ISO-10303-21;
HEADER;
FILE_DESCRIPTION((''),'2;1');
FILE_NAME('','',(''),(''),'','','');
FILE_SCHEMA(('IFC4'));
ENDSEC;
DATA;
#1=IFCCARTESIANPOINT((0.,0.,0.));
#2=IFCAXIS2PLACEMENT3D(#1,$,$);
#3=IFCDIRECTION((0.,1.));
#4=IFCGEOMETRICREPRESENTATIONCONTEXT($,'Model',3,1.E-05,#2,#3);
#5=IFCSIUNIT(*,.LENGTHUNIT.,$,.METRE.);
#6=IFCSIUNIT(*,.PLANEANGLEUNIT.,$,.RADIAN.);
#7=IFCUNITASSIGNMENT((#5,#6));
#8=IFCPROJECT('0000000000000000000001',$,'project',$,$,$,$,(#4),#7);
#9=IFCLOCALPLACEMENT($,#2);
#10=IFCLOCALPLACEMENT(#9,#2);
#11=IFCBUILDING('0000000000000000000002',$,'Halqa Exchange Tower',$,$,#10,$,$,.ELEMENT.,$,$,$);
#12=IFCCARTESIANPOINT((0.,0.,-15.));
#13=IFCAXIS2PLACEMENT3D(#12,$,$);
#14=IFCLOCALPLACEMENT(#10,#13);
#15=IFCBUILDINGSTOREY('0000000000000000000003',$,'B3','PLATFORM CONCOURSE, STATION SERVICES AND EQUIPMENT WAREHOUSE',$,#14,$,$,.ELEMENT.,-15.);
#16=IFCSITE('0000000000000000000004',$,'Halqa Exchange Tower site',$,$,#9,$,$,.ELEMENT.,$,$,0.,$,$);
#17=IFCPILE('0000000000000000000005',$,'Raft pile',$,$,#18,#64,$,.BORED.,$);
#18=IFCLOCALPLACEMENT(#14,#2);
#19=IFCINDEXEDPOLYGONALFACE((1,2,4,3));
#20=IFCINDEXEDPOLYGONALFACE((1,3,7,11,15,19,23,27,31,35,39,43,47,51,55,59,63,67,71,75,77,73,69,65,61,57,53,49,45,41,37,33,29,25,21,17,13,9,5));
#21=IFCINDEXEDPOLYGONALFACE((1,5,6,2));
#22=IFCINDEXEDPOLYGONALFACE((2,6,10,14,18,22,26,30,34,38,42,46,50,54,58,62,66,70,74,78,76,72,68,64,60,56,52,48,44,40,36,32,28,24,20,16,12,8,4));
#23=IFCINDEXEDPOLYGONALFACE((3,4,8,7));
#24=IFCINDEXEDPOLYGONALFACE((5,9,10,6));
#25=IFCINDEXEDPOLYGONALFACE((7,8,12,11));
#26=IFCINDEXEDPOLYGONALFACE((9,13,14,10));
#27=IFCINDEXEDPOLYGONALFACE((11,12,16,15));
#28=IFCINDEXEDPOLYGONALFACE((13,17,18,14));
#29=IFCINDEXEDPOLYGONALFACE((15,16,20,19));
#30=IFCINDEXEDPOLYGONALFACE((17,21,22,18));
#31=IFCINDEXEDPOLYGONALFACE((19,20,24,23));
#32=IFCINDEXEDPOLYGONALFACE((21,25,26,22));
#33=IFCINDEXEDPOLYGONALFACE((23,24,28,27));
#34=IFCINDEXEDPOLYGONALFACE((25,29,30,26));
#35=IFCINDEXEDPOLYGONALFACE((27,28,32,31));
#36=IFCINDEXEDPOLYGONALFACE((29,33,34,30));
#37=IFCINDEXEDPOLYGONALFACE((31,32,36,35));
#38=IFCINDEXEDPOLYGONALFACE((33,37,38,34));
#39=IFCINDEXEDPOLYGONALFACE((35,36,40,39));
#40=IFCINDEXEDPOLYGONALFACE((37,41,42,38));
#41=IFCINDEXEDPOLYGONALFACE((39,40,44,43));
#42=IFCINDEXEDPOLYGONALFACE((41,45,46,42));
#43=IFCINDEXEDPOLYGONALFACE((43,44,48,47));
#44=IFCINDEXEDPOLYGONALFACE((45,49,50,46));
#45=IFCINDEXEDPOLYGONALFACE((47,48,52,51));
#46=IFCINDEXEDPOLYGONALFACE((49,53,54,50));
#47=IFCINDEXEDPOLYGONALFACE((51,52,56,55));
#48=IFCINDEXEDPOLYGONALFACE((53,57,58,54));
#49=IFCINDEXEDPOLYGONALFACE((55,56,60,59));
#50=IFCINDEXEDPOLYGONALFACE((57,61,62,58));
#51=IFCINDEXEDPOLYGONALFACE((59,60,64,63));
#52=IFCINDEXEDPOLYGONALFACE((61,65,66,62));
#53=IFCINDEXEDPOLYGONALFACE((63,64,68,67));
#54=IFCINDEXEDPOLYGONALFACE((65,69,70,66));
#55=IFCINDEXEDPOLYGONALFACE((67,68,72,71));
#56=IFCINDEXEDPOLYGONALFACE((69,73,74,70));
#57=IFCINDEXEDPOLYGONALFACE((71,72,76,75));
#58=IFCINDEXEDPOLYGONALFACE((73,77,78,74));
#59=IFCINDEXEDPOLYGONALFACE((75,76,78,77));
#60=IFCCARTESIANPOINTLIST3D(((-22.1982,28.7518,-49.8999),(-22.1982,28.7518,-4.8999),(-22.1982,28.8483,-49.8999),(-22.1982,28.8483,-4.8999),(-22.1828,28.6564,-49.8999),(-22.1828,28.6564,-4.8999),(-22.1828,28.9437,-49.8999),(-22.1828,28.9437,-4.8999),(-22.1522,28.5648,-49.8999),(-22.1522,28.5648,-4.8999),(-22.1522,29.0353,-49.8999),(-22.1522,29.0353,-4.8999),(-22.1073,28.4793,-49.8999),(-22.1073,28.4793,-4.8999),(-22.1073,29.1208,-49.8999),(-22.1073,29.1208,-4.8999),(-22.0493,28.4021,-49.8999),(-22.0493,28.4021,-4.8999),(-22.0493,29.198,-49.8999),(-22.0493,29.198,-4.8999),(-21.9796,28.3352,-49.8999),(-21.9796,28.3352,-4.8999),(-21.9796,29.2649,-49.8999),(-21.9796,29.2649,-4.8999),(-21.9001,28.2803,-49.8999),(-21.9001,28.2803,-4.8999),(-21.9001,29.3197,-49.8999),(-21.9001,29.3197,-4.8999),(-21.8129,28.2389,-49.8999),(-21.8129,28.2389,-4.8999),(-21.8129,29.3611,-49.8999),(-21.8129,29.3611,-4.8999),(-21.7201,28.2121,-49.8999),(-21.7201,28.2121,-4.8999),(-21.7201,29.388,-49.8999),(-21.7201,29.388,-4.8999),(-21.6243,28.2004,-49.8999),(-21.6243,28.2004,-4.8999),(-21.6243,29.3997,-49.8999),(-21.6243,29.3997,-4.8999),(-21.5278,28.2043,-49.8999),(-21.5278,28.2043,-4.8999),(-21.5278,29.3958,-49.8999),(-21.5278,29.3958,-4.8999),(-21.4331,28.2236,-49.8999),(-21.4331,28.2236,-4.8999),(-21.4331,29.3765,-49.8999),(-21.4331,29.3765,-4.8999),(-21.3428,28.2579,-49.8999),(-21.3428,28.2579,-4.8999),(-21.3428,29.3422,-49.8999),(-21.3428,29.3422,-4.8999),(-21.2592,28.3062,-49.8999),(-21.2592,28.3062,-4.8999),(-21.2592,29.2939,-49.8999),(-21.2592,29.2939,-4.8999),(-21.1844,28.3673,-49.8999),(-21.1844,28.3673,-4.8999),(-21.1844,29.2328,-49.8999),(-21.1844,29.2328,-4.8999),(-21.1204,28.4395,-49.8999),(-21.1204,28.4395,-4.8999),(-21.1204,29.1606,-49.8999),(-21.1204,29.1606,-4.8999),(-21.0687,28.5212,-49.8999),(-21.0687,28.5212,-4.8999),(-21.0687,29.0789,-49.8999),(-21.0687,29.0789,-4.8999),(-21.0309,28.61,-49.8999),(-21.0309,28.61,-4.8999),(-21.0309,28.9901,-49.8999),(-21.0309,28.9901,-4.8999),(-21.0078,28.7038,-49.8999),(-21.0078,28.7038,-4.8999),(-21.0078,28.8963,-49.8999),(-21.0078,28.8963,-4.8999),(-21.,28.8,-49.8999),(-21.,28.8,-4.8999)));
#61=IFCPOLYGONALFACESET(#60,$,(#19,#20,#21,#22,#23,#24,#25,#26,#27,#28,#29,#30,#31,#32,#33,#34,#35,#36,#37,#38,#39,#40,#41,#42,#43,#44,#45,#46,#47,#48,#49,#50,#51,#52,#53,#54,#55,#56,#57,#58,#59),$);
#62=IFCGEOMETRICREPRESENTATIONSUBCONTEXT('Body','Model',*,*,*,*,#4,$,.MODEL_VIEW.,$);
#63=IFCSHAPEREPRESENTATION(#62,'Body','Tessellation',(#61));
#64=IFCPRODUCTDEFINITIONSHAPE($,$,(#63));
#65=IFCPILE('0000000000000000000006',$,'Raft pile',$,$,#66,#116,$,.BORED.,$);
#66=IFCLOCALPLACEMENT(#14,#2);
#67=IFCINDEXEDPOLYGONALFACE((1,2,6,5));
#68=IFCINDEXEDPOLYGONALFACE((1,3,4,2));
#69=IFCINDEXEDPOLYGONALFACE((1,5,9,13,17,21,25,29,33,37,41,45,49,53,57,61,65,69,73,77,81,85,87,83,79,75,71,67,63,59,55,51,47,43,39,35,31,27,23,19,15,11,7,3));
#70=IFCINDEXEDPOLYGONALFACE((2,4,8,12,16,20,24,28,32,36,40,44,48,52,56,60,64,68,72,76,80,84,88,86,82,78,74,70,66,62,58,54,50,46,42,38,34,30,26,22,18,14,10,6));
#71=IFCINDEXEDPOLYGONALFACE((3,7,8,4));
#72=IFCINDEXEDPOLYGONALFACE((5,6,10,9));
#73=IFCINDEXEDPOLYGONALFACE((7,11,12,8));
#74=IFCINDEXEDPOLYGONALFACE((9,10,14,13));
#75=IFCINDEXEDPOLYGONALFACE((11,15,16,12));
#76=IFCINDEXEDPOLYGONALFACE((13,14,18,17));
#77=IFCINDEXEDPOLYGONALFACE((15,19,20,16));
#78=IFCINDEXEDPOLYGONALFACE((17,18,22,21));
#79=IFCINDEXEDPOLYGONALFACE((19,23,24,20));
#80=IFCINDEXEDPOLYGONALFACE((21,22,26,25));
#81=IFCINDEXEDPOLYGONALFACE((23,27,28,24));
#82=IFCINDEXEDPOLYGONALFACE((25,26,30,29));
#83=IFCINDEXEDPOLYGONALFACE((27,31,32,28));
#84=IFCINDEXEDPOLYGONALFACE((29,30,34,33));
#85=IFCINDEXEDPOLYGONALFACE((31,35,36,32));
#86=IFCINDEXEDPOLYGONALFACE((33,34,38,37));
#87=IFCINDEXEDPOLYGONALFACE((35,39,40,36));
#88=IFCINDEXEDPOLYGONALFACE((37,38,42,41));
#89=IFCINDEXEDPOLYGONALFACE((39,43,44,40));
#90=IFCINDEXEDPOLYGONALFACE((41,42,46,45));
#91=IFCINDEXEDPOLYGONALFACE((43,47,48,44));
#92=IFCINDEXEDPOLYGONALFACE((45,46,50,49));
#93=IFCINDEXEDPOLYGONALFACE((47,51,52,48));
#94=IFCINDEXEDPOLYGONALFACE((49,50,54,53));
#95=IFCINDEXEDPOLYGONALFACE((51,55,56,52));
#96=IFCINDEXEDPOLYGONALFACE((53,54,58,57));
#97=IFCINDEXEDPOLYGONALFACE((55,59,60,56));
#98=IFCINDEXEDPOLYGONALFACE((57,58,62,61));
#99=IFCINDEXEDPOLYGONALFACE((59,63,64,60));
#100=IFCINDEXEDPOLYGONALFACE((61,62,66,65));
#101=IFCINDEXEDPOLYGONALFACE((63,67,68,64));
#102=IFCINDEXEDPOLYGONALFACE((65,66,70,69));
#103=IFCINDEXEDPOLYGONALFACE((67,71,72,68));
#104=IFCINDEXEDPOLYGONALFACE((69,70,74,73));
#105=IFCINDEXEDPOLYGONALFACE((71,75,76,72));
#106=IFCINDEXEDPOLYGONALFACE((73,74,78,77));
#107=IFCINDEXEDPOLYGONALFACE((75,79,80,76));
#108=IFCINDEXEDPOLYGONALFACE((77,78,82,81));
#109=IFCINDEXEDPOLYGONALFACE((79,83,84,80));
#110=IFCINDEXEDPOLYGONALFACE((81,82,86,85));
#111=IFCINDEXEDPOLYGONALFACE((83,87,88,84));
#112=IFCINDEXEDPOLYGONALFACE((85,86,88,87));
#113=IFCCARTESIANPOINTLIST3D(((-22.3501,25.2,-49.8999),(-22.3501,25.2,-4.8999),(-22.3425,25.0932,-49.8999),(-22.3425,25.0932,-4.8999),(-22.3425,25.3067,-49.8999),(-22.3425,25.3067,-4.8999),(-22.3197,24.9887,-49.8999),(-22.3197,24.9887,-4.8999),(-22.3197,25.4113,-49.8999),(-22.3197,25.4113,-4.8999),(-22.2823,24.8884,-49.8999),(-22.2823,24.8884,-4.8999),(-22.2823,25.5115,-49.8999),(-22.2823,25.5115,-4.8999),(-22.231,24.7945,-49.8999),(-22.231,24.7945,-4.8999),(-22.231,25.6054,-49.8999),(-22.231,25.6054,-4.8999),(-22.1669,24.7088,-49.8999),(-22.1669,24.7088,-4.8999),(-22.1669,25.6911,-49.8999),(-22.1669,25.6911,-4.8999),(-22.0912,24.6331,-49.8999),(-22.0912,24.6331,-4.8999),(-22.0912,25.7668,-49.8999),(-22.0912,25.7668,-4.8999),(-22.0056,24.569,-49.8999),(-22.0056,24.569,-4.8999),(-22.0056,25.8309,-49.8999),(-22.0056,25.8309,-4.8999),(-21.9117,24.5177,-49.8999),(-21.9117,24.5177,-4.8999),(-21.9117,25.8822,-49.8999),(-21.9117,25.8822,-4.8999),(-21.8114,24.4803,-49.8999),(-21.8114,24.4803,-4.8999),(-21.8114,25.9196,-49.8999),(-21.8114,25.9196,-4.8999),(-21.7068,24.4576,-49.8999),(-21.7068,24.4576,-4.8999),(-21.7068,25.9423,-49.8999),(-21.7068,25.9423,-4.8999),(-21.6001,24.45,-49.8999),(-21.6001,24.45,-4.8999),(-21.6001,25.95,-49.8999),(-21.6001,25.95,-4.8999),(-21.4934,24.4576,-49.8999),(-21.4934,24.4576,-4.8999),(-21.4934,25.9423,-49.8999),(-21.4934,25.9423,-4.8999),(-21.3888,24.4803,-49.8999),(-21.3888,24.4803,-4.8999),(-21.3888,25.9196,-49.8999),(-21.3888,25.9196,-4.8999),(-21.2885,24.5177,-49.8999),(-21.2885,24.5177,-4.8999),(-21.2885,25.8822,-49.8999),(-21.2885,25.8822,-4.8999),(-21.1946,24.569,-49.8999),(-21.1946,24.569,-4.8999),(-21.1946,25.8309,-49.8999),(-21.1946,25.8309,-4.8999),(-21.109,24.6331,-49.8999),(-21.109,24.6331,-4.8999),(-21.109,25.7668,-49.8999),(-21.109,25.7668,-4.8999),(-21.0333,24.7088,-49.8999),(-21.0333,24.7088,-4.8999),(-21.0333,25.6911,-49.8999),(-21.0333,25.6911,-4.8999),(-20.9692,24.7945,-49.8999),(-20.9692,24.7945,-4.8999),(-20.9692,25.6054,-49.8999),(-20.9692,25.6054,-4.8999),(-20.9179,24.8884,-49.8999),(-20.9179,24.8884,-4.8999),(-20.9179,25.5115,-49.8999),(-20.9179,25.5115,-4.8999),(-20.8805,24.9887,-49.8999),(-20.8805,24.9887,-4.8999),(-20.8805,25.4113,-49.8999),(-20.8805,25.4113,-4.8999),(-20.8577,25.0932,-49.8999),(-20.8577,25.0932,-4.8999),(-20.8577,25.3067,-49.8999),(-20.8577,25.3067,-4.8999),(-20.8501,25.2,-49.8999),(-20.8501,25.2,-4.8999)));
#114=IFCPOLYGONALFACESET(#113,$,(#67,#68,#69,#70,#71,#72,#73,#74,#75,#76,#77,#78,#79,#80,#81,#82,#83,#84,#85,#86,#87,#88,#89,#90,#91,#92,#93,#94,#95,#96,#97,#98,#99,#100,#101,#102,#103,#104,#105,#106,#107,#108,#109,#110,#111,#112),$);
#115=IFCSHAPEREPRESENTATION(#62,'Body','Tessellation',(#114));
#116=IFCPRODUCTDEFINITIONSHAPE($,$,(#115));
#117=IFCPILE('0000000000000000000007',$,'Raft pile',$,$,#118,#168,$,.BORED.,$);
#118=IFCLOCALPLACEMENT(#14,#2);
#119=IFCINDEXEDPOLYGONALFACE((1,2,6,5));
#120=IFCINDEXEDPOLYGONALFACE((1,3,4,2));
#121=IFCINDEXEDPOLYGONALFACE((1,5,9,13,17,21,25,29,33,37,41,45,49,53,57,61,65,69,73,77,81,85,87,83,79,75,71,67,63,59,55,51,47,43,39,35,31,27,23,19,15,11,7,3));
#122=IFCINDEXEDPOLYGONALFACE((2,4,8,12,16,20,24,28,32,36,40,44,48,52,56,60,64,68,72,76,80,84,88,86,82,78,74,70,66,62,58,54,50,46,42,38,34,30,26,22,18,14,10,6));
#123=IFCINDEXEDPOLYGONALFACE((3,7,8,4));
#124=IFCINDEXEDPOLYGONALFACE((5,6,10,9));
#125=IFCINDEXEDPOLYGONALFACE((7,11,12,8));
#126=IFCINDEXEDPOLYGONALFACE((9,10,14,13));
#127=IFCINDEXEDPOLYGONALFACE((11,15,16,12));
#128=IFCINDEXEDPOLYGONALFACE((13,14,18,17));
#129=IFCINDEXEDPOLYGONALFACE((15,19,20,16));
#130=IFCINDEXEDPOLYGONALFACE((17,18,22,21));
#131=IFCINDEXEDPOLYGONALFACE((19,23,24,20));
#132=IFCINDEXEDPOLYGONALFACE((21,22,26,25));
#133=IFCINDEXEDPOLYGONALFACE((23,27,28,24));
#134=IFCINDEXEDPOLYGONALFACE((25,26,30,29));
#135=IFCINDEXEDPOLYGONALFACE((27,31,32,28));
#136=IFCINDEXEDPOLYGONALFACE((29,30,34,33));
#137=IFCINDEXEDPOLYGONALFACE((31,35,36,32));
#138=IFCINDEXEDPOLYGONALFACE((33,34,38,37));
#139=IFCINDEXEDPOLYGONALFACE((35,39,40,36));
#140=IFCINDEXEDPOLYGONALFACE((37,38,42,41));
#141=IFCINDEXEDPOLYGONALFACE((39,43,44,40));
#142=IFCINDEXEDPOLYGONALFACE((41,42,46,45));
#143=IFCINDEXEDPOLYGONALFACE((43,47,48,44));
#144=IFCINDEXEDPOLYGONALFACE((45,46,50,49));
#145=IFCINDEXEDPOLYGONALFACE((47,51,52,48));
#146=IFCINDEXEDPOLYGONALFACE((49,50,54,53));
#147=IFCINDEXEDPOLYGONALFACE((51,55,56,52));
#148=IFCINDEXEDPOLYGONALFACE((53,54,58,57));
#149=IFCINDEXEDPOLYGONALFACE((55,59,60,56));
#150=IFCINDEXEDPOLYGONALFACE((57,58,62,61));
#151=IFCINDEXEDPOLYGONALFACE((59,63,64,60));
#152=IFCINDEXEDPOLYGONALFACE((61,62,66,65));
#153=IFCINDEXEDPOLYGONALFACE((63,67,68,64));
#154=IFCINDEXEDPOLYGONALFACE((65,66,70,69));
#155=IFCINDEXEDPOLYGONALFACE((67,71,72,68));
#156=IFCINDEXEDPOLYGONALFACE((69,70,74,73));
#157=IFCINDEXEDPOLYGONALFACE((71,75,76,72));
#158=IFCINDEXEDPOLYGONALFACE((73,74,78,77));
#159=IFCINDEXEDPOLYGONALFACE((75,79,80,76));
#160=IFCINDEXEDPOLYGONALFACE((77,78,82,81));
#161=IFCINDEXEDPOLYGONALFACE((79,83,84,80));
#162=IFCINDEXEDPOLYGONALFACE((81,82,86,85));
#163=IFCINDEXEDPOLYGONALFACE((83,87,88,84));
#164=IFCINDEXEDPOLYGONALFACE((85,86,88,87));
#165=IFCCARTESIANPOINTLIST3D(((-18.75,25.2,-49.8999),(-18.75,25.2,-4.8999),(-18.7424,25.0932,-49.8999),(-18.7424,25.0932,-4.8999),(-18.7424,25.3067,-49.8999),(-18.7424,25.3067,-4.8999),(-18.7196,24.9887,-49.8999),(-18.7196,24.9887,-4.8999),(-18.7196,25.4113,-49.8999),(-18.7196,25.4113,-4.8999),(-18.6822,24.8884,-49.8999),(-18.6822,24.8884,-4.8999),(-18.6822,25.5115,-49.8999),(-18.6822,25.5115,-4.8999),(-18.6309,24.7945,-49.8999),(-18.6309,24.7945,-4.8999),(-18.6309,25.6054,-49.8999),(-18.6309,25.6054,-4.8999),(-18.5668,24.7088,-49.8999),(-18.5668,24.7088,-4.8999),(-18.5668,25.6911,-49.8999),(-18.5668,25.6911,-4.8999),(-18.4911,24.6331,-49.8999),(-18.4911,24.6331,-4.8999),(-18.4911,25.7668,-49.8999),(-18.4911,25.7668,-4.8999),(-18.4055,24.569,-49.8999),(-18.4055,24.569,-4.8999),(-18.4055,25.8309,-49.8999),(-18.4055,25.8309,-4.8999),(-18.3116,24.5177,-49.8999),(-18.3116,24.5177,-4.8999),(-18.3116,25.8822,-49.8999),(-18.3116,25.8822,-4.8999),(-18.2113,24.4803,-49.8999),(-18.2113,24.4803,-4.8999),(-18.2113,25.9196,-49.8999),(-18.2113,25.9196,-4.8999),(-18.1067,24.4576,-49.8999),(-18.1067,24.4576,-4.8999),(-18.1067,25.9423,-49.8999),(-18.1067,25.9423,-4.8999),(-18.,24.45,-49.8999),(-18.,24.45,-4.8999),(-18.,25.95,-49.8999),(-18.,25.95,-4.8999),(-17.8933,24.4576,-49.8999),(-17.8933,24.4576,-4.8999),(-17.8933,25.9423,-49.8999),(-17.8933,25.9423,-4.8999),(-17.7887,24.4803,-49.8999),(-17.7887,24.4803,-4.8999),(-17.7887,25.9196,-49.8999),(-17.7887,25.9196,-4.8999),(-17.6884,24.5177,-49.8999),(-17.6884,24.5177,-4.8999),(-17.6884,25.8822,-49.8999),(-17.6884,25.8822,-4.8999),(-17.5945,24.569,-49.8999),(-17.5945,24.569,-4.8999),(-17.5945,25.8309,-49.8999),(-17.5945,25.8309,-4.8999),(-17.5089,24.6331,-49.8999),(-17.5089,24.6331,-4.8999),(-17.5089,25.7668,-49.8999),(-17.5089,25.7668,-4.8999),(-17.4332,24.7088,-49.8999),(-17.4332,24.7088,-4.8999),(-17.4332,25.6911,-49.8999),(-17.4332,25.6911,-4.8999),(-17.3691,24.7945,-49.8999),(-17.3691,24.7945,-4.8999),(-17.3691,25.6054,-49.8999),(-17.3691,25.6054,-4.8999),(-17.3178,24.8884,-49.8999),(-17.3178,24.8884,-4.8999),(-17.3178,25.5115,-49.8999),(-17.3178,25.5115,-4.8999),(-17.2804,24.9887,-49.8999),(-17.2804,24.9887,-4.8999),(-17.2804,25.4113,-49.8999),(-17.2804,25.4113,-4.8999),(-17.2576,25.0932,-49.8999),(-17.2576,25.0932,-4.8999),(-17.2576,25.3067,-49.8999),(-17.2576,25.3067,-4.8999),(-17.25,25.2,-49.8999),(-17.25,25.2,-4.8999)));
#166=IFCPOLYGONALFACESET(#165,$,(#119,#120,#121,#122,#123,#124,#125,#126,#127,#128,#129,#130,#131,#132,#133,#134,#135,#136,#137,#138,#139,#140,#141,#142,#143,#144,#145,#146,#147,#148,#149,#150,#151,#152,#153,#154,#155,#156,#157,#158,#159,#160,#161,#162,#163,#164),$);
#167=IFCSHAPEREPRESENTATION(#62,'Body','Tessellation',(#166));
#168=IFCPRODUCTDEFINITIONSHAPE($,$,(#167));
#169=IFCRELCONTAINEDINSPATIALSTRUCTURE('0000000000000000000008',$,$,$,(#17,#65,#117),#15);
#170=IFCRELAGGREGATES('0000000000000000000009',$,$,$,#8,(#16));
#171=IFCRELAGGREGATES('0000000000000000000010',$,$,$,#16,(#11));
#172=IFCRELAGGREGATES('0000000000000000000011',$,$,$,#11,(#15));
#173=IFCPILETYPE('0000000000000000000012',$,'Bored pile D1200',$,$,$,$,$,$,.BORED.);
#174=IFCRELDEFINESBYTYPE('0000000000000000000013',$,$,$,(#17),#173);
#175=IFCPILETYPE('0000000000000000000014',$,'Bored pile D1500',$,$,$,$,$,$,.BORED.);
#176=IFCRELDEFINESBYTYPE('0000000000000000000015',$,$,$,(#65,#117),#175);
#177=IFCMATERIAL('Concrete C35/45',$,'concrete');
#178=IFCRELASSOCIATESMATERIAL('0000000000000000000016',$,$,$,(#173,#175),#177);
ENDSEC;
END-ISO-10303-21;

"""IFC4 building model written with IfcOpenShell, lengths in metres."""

from ifc_helpers import new_model, si_unit, direction, frame, origin, origin_2d, place, context, subcontext, project, spatial, circle, extrude, material, material_profile, profile_set, type_object, element, save


model = new_model("IFC4")

# Units and contexts
model_context = context("Model", 3, precision=1e-05, world=origin(), true_north=direction((0.0, 1.0)))
body_context = subcontext(model_context, "Body", "Model", "MODEL_VIEW")
ifc_project = project(units=[si_unit("LENGTHUNIT", "METRE"), si_unit("PLANEANGLEUNIT", "RADIAN")], contexts=[model_context])

# Site, building, storey
site_placement = place(None, origin())
site = spatial("IfcSite", under=ifc_project, at=site_placement, Name="Halqa Exchange Tower site", CompositionType="ELEMENT", RefElevation=0.0)
building_placement = place(site_placement, origin())
building = spatial("IfcBuilding", under=site, at=building_placement, Name="Halqa Exchange Tower", CompositionType="ELEMENT")
storey_placement = place(building_placement, frame((0.0, 0.0, -15.0)))
storey = spatial("IfcBuildingStorey", under=building, at=storey_placement, Name="B3", Description="PLATFORM CONCOURSE, STATION SERVICES AND EQUIPMENT WAREHOUSE", CompositionType="ELEMENT", Elevation=-15.0)

# Piles
ifc_material_1 = material(Name="Concrete C35/45", Category="concrete")
ifc_material_profile_1 = material_profile(ifc_material_1, circle(Radius=0.6001, at=origin_2d()), Name="D1200")
ifc_profile_set_1 = profile_set([ifc_material_profile_1], Name="Concrete C35/45")
pile_type_1 = type_object("IfcPileType", Name="Bored pile D1200", PredefinedType="BORED", material=ifc_profile_set_1)
for number, where, z_axis, x_axis, name in (
    (1, (-21.6001, 28.8, -4.8999), (0.0, 0.0, -1.0), (1.0, 0.0, 0.0), "Raft pile"),
):
    element("IfcPile", number, at=place(storey_placement, frame(where, z_axis=z_axis, x_axis=x_axis)), inside=storey, type_object=pile_type_1, Name=name, PredefinedType="BORED", context=body_context, shape_type="SweptSolid", body=[
        extrude(circle(Radius=0.6001, at=origin_2d()), origin(), (0.0, 0.0, 1.0), 45.0),
    ])
ifc_material_profile_2 = material_profile(ifc_material_1, circle(Radius=0.75, at=origin_2d()), Name="D1500")
ifc_profile_set_2 = profile_set([ifc_material_profile_2], Name="Concrete C35/45")
pile_type_2 = type_object("IfcPileType", Name="Bored pile D1500", PredefinedType="BORED", material=ifc_profile_set_2)
for number, where, z_axis, x_axis, name in (
    (2, (-21.6001, 25.2, -4.8999), (0.0, 0.0, -1.0), (1.0, 0.0, 0.0), "Raft pile"),
    (3, (-18.0, 25.2, -4.8999), (0.0, 0.0, -1.0), (1.0, 0.0, 0.0), "Raft pile"),
):
    element("IfcPile", number, at=place(storey_placement, frame(where, z_axis=z_axis, x_axis=x_axis)), inside=storey, type_object=pile_type_2, Name=name, PredefinedType="BORED", context=body_context, shape_type="SweptSolid", body=[
        extrude(circle(Radius=0.75, at=origin_2d()), origin(), (0.0, 0.0, 1.0), 45.0),
    ])

save(model, "model.ifc")
